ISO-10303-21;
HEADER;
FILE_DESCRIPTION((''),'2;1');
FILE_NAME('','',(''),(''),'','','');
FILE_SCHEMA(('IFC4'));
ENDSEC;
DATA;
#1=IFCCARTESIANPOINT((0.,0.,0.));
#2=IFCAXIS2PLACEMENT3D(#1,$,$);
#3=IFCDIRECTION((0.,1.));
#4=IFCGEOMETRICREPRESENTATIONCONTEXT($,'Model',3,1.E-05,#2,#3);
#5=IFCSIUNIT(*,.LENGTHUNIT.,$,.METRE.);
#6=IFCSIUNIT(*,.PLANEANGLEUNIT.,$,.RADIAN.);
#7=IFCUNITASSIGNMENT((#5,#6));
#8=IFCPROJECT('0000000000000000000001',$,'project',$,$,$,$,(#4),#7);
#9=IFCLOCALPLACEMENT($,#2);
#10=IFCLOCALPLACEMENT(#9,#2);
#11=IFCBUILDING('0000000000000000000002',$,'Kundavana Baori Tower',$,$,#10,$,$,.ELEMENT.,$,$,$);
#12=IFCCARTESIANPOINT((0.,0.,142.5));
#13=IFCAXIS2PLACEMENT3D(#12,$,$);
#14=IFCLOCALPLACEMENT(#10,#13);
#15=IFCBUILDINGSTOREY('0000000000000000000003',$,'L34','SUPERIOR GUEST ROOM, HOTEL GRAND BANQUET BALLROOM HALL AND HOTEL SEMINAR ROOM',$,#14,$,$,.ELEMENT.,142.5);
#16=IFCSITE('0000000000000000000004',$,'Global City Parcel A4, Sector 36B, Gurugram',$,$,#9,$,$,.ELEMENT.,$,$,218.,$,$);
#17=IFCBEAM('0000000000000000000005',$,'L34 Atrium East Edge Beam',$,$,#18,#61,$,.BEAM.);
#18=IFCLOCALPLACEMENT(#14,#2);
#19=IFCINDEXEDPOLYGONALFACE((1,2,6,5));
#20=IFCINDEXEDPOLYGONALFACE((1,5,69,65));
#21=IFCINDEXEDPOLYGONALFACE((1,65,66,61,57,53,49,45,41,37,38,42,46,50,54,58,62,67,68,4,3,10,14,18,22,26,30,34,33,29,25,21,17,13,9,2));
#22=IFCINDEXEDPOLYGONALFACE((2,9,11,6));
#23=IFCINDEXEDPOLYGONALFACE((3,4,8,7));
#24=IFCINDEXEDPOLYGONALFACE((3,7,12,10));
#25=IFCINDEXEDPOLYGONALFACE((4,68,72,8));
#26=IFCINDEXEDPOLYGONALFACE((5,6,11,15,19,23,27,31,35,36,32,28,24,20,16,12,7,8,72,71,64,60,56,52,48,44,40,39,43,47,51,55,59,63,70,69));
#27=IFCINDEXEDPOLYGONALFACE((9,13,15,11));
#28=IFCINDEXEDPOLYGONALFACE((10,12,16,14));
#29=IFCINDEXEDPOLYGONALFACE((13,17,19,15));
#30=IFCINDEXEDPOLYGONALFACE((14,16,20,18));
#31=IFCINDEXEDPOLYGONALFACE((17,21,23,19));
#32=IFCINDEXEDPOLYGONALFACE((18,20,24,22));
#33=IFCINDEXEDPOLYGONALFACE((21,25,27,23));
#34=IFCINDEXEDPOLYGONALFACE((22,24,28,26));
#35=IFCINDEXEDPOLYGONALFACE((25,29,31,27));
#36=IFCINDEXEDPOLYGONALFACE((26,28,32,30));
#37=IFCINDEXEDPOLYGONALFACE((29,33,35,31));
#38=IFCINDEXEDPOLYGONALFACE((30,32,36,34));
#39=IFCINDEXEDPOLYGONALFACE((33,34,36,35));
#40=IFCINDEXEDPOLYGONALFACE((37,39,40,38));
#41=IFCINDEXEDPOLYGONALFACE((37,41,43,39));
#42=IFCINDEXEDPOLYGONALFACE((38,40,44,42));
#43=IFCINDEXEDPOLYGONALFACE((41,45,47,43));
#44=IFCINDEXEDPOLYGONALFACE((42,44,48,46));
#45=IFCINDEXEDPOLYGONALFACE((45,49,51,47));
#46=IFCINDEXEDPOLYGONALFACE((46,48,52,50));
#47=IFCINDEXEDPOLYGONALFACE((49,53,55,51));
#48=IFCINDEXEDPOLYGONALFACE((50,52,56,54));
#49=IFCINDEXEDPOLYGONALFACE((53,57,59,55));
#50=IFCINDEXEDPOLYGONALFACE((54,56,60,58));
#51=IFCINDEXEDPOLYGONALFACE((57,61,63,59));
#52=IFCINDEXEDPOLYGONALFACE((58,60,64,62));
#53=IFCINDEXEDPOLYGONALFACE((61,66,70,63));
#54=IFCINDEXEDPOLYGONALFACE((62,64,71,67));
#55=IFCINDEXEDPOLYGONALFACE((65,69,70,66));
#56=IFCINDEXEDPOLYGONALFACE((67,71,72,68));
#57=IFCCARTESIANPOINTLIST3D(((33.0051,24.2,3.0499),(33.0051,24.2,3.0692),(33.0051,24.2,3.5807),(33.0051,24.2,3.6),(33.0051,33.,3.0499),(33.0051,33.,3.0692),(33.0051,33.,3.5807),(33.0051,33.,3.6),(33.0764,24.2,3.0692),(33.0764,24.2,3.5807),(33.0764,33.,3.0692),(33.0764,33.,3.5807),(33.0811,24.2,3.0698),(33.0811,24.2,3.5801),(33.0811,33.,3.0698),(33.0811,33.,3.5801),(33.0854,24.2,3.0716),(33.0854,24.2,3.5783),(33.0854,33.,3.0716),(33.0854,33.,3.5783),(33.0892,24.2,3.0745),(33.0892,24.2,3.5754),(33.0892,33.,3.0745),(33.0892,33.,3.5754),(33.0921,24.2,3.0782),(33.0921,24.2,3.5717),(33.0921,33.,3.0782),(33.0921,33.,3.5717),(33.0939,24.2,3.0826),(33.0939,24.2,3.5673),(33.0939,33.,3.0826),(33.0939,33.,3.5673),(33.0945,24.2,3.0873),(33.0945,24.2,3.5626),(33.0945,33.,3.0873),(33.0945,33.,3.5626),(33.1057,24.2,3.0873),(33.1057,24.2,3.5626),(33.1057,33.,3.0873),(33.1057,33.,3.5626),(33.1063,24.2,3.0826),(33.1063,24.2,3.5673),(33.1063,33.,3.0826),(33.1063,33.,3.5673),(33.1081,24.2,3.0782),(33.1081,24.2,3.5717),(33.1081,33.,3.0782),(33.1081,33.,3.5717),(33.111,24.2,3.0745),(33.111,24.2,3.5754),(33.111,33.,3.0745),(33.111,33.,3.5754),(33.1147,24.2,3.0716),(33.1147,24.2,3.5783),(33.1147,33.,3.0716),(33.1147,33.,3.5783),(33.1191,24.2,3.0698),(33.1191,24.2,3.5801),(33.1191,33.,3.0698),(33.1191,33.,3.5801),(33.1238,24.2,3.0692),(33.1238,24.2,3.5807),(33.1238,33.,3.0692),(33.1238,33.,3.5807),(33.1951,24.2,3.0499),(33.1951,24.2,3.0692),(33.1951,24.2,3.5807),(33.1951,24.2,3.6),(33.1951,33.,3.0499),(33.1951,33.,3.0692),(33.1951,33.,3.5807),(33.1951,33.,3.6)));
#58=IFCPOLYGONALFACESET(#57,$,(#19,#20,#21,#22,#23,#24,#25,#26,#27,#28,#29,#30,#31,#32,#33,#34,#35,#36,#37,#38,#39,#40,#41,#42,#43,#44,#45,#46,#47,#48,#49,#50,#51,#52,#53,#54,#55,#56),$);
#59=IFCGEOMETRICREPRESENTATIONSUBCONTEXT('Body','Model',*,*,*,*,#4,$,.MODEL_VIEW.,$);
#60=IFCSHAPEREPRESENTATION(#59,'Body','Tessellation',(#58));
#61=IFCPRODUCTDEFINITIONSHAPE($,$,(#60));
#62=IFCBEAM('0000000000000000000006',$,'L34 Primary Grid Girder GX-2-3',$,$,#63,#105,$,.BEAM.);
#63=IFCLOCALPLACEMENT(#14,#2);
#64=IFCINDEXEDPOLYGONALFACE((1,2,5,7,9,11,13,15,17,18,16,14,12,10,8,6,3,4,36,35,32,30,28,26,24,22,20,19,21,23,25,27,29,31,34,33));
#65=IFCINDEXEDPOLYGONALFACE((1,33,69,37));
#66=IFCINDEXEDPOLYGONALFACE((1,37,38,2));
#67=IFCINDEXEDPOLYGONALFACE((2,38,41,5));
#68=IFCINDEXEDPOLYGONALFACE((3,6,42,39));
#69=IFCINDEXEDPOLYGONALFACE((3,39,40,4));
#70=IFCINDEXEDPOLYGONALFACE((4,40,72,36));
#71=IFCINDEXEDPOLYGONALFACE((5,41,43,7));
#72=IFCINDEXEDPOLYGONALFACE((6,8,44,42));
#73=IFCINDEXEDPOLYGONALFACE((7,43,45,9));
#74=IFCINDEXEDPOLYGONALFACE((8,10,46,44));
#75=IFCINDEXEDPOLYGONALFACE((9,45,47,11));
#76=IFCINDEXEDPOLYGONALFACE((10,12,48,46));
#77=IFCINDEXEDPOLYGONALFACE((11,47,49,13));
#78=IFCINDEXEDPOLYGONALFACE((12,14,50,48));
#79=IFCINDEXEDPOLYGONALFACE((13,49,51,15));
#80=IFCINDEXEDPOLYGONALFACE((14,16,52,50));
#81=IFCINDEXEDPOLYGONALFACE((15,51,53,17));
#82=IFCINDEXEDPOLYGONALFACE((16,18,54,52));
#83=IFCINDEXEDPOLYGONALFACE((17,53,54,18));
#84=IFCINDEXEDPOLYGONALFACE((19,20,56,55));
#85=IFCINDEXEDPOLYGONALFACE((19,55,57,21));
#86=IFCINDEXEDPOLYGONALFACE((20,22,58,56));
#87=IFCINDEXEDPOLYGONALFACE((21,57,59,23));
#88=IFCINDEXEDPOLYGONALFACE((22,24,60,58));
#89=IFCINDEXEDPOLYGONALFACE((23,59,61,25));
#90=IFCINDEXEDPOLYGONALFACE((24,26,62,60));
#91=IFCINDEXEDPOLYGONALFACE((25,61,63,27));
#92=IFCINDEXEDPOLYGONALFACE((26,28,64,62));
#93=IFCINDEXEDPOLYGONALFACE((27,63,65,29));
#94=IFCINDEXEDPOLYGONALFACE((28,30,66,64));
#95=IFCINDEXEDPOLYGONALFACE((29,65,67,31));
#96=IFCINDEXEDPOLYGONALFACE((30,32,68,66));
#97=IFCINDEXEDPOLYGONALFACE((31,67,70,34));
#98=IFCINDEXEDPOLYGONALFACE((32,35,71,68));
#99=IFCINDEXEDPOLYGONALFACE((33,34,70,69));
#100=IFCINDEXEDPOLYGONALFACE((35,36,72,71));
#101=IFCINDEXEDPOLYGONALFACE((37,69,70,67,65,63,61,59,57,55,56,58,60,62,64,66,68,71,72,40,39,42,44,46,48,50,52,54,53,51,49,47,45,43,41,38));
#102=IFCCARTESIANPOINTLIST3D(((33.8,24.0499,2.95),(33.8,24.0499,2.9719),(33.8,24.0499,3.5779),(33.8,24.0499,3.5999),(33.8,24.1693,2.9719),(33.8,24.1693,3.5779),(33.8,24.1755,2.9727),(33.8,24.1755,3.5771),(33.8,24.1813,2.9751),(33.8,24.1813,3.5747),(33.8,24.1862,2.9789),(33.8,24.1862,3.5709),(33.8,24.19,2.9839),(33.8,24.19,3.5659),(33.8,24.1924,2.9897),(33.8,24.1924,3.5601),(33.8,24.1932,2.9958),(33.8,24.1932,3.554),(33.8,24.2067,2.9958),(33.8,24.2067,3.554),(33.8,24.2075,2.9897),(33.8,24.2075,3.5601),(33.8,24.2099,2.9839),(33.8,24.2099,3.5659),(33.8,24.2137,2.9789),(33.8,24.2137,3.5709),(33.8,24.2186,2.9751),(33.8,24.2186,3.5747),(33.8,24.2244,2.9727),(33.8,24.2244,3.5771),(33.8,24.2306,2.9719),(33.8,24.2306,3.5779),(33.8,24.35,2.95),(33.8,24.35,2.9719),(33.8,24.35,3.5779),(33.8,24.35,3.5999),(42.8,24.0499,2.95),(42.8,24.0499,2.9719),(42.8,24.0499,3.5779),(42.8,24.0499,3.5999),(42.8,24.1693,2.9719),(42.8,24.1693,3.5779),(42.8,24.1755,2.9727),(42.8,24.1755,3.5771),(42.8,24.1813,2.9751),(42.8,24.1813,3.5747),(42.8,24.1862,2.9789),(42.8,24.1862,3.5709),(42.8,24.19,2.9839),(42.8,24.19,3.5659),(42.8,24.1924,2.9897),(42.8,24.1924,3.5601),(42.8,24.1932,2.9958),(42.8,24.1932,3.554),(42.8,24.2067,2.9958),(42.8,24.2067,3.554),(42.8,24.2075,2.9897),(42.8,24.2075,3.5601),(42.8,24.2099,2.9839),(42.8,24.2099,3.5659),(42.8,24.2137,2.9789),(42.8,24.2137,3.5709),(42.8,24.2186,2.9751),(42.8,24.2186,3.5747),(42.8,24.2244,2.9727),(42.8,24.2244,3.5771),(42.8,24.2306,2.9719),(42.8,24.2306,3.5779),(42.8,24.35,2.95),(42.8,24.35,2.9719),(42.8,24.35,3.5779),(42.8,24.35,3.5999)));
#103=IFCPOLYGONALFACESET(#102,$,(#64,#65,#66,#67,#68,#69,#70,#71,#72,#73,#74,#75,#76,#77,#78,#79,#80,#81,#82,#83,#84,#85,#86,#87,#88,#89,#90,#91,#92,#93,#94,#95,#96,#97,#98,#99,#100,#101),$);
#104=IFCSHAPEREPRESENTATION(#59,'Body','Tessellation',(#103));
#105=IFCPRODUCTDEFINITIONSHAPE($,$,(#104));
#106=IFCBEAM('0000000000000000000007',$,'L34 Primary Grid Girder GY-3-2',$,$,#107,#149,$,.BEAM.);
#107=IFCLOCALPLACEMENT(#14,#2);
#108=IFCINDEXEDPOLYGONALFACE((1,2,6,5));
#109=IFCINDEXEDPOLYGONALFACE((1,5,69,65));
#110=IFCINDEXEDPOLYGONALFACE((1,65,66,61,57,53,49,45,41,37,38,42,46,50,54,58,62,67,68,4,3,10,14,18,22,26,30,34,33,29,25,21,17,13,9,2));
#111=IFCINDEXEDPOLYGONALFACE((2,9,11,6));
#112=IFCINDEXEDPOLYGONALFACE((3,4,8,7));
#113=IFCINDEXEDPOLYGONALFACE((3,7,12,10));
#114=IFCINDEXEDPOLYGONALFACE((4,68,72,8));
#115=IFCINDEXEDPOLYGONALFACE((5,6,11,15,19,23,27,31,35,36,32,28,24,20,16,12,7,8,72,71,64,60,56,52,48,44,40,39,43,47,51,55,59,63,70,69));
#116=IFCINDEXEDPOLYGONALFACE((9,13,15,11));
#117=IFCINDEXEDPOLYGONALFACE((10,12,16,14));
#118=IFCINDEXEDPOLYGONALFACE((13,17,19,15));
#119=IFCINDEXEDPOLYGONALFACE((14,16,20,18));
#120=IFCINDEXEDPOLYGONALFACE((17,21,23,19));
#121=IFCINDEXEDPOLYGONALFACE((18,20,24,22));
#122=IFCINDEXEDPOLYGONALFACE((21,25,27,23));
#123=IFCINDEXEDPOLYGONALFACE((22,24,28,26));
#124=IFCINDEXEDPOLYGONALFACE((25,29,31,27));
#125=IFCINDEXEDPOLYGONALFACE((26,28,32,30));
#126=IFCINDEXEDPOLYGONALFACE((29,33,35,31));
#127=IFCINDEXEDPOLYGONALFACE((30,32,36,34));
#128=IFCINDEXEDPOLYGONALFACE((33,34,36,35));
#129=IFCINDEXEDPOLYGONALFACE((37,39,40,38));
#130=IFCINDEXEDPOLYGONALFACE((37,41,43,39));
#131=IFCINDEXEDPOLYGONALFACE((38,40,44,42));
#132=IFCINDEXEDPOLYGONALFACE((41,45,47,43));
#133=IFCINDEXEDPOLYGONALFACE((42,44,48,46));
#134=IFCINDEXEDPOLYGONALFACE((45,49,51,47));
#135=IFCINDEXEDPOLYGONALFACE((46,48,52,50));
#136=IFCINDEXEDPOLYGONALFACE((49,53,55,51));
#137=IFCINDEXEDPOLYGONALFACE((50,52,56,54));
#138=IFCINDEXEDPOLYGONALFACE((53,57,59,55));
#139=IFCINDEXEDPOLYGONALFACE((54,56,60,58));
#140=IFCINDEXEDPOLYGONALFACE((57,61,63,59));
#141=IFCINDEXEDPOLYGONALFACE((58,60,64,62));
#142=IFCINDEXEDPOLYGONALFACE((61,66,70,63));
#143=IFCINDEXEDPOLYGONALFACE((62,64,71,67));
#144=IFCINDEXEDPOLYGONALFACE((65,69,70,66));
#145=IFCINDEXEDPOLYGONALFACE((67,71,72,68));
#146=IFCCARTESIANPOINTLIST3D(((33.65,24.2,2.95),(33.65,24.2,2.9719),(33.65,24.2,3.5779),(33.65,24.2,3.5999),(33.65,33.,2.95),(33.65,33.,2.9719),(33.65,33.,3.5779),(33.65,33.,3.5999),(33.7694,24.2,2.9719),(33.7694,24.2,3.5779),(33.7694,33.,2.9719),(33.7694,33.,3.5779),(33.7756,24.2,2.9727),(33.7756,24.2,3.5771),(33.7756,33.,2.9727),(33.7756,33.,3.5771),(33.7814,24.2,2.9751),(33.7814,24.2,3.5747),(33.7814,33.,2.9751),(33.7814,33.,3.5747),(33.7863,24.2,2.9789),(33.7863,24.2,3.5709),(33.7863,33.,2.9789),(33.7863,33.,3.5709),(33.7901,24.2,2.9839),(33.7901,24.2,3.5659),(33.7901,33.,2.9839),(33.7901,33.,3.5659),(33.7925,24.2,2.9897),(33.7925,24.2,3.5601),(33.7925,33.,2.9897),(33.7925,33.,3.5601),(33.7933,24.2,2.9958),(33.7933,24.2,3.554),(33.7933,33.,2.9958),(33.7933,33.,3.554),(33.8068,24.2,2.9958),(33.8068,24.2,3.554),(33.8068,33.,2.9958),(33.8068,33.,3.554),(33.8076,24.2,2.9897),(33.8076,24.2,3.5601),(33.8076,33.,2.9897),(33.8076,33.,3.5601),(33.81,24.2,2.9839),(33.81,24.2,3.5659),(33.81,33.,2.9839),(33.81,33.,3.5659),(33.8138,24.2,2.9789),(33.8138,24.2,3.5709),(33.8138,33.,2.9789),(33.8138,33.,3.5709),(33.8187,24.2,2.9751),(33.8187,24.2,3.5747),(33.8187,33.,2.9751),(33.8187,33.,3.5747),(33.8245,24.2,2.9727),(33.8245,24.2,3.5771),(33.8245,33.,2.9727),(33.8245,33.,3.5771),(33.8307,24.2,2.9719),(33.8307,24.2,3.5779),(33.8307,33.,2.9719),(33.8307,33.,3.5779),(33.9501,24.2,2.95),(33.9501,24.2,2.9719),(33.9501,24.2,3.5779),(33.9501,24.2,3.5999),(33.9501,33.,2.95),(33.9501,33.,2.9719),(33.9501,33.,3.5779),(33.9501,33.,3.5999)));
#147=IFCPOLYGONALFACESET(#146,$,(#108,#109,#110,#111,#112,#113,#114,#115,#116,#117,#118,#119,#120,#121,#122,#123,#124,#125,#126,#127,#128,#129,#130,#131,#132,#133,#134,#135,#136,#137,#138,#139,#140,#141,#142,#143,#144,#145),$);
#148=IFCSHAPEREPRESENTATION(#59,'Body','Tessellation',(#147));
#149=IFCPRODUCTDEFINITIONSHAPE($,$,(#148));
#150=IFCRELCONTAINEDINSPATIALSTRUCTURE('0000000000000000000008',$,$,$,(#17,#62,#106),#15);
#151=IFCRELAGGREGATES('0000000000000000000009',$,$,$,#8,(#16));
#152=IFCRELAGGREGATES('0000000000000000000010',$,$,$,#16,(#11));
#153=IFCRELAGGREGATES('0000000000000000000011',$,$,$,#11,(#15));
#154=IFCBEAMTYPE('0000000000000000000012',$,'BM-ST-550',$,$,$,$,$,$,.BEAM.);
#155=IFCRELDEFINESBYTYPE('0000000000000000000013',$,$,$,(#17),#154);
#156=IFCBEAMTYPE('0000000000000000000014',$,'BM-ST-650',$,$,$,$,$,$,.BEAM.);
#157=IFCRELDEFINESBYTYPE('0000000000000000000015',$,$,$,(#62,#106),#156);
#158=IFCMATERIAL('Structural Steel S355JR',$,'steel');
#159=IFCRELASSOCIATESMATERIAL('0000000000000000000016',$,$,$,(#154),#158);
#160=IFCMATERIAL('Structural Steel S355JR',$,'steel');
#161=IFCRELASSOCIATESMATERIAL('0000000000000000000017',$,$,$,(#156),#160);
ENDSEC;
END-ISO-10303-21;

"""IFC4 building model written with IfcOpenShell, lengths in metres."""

from ifc_helpers import new_model, si_unit, direction, frame, origin, origin_2d, place, context, subcontext, project, spatial, i_section, extrude, material, material_profile, profile_set, type_object, element, save


model = new_model("IFC4")

# Units and contexts
model_context = context("Model", 3, precision=1e-05, world=origin(), true_north=direction((0.0, 1.0)))
body_context = subcontext(model_context, "Body", "Model", "MODEL_VIEW")
ifc_project = project(units=[si_unit("LENGTHUNIT", "METRE"), si_unit("PLANEANGLEUNIT", "RADIAN")], contexts=[model_context])

# Site, building, storey
site_placement = place(None, origin())
site = spatial("IfcSite", under=ifc_project, at=site_placement, Name="Global City Parcel A4, Sector 36B, Gurugram", CompositionType="ELEMENT", RefElevation=218.0)
building_placement = place(site_placement, origin())
building = spatial("IfcBuilding", under=site, at=building_placement, Name="Kundavana Baori Tower", CompositionType="ELEMENT")
storey_placement = place(building_placement, frame((0.0, 0.0, 142.5)))
storey = spatial("IfcBuildingStorey", under=building, at=storey_placement, Name="L34", Description="SUPERIOR GUEST ROOM, HOTEL GRAND BANQUET BALLROOM HALL AND HOTEL SEMINAR ROOM", CompositionType="ELEMENT", Elevation=142.5)

# Beams
ifc_material_1 = material(Name="Structural Steel S355JR", Category="steel")
ifc_material_profile_1 = material_profile(ifc_material_1, i_section(OverallWidth=0.1899, OverallDepth=0.55, WebThickness=0.0112, FlangeThickness=0.0193, FilletRadius=0.0181, at=origin_2d()), Name="ISMB 550")
ifc_profile_set_1 = profile_set([ifc_material_profile_1], Name="Structural Steel S355JR")
beam_type_1 = type_object("IfcBeamType", Name="BM-ST-550", PredefinedType="BEAM", material=ifc_profile_set_1)
for number, where, z_axis, x_axis, name in (
    (1, (33.1001, 24.2, 3.325), (0.0, 1.0, 0.0), (-1.0, 0.0, 0.0), "L34 Atrium East Edge Beam"),
):
    element("IfcBeam", number, at=place(storey_placement, frame(where, z_axis=z_axis, x_axis=x_axis)), inside=storey, type_object=beam_type_1, Name=name, PredefinedType="BEAM", context=body_context, shape_type="SweptSolid", body=[
        extrude(i_section(OverallWidth=0.1899, OverallDepth=0.55, WebThickness=0.0112, FlangeThickness=0.0193, FilletRadius=0.0181, at=origin_2d()), origin(), (0.0, 0.0, 1.0), 8.8),
    ])
ifc_material_2 = material(Name="Structural Steel S355JR", Category="steel")
ifc_material_profile_2 = material_profile(ifc_material_2, i_section(OverallWidth=0.3, OverallDepth=0.6499, WebThickness=0.0134, FlangeThickness=0.022, FilletRadius=0.0239, at=origin_2d()), Name="NPB 650x300x155")
ifc_profile_set_2 = profile_set([ifc_material_profile_2], Name="Structural Steel S355JR")
beam_type_2 = type_object("IfcBeamType", Name="BM-ST-650", PredefinedType="BEAM", material=ifc_profile_set_2)
beam_1_placement = place(storey_placement, frame((33.8, 24.2, 3.2749), z_axis=(1.0, 0.0, 0.0), x_axis=(0.0, 1.0, 0.0)))
element("IfcBeam", 2, at=beam_1_placement, inside=storey, type_object=beam_type_2, Name="L34 Primary Grid Girder GX-2-3", PredefinedType="BEAM", context=body_context, shape_type="SweptSolid", body=[
    extrude(i_section(OverallWidth=0.3, OverallDepth=0.6499, WebThickness=0.0134, FlangeThickness=0.022, FilletRadius=0.0239, at=origin_2d()), origin(), (0.0, 0.0, 1.0), 9.0),
])
beam_2_placement = place(storey_placement, frame((33.8, 24.2, 3.2749), z_axis=(0.0, 1.0, 0.0), x_axis=(-1.0, 0.0, 0.0)))
element("IfcBeam", 3, at=beam_2_placement, inside=storey, type_object=beam_type_2, Name="L34 Primary Grid Girder GY-3-2", PredefinedType="BEAM", context=body_context, shape_type="SweptSolid", body=[
    extrude(i_section(OverallWidth=0.3, OverallDepth=0.6499, WebThickness=0.0134, FlangeThickness=0.022, FilletRadius=0.0239, at=origin_2d()), origin(), (0.0, 0.0, 1.0), 8.8),
])

save(model, "model.ifc")
